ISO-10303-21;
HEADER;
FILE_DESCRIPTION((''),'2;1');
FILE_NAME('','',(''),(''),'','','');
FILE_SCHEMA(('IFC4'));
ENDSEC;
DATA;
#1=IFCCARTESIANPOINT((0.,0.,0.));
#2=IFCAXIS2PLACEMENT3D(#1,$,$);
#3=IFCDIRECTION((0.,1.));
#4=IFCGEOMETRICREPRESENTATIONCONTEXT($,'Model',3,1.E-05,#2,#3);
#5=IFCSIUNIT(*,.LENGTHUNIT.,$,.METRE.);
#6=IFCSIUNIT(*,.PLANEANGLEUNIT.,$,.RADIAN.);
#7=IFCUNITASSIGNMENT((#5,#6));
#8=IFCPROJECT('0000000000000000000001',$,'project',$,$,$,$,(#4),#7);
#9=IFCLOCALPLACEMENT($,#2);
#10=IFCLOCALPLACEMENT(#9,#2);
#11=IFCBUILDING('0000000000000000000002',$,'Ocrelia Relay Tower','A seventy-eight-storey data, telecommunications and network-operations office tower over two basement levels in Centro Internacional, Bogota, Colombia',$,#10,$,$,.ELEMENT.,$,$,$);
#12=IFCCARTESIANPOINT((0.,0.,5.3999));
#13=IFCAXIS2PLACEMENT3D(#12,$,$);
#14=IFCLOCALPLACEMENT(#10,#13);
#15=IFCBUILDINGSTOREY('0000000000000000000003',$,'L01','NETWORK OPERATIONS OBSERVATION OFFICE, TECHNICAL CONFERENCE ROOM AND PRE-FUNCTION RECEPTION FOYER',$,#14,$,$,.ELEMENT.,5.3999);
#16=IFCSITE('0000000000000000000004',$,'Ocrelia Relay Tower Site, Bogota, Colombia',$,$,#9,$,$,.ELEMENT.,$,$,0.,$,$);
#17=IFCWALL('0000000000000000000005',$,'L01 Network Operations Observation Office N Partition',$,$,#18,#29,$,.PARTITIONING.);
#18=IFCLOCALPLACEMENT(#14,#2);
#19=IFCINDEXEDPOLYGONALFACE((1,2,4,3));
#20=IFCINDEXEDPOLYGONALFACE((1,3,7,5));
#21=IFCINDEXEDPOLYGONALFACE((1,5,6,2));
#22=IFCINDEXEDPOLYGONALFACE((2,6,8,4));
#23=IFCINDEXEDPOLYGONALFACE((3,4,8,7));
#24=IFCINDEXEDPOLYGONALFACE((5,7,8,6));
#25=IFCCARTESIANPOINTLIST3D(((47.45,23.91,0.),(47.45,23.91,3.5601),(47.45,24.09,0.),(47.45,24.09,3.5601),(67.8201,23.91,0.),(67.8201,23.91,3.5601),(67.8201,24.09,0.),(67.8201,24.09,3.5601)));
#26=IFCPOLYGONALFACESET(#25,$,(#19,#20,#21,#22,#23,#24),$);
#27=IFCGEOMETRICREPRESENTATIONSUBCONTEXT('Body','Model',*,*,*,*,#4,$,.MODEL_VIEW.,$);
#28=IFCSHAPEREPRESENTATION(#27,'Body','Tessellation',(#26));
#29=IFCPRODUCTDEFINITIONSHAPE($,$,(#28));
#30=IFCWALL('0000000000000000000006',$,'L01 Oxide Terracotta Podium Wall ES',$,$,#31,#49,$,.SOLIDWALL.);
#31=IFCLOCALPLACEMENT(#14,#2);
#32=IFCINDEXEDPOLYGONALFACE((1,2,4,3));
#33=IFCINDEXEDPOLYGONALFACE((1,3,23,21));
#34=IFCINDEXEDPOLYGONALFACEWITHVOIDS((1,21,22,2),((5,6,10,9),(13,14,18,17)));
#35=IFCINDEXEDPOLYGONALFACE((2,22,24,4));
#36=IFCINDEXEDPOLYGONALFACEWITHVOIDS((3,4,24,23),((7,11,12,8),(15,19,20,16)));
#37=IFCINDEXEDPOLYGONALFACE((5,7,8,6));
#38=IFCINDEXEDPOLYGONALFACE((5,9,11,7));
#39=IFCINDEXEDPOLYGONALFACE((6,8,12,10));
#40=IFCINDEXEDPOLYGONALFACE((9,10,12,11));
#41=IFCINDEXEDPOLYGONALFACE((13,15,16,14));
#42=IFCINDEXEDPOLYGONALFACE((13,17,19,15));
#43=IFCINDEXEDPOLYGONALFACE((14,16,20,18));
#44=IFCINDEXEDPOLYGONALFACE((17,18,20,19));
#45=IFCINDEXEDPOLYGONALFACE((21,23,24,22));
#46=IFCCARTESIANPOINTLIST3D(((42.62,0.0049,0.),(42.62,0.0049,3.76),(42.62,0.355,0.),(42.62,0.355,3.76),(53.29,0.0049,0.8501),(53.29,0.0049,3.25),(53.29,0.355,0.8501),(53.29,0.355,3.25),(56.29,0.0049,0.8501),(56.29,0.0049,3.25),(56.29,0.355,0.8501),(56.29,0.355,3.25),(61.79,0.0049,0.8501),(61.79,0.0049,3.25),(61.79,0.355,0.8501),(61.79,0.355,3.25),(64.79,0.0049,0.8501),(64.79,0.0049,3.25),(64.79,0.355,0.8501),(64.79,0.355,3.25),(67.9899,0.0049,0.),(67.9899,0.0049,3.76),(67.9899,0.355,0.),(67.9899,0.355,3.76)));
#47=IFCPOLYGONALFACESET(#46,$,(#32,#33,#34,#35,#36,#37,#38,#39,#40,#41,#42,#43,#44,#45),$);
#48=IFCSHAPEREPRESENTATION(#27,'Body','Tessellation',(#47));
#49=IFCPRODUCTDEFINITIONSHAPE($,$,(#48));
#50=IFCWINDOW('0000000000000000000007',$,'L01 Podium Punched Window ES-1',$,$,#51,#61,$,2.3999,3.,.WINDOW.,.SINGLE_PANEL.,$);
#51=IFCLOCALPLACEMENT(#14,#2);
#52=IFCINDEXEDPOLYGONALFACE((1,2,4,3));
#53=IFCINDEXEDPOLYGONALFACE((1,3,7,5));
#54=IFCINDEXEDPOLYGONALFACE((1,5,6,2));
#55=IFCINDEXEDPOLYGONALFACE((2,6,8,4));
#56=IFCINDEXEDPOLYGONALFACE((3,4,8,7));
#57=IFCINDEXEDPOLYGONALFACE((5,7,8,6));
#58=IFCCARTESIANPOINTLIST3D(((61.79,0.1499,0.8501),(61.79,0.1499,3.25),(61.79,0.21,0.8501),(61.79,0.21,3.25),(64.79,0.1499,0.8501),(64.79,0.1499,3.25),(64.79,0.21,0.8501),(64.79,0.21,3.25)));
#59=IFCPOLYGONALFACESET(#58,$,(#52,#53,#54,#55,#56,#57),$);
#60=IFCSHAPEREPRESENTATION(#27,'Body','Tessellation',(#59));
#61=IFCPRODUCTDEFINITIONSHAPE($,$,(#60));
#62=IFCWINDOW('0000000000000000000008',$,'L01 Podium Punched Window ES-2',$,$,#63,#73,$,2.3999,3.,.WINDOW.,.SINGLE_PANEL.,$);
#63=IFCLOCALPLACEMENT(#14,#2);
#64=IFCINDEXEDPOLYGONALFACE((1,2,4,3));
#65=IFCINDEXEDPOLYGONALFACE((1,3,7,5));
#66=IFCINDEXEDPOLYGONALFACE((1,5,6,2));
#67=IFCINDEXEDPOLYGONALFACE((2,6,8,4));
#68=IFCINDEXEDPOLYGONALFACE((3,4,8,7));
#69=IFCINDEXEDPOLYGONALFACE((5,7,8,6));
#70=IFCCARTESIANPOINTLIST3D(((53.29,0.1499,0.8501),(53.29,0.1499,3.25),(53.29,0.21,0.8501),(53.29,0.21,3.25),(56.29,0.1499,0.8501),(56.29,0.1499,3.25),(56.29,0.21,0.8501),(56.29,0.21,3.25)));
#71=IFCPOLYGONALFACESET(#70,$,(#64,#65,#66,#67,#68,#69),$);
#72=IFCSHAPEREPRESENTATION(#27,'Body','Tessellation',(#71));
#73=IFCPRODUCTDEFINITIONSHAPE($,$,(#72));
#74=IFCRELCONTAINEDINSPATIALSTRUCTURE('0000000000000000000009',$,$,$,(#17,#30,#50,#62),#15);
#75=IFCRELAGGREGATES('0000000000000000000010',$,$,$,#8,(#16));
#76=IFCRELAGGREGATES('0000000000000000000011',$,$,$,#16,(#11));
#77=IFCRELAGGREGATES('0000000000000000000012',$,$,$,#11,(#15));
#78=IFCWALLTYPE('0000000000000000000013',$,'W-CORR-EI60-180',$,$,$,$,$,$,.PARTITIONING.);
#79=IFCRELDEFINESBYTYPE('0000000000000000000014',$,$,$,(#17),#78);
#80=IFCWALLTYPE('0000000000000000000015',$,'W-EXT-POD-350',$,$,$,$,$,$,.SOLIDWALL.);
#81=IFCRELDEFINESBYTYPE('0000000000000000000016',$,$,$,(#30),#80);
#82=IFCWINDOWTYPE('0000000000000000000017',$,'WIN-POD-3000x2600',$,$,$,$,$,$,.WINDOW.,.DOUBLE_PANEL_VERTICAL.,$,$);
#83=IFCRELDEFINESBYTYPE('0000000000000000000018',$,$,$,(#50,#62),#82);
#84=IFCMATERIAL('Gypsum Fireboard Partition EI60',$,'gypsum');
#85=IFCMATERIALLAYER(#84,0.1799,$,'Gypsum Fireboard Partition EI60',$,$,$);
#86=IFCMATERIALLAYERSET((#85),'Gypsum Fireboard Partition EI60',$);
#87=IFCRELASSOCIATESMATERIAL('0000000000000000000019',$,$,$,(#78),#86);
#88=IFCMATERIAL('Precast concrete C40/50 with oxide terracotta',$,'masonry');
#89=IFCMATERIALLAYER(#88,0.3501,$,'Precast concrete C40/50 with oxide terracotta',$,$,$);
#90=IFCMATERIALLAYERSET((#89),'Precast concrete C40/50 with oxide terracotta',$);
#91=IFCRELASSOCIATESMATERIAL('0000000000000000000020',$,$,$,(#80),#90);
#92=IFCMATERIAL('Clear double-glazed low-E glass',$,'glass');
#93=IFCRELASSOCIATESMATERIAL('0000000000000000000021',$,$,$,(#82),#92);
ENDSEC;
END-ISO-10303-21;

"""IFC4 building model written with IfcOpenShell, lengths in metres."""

from ifc_helpers import new_model, si_unit, direction, frame, frame_2d, origin, place, context, subcontext, project, spatial, rectangle, extrude, material, layer, layer_set, type_object, element, fill, save


model = new_model("IFC4")

# Units and contexts
model_context = context("Model", 3, precision=1e-05, world=origin(), true_north=direction((0.0, 1.0)))
body_context = subcontext(model_context, "Body", "Model", "MODEL_VIEW")
ifc_project = project(units=[si_unit("LENGTHUNIT", "METRE"), si_unit("PLANEANGLEUNIT", "RADIAN")], contexts=[model_context])

# Site, building, storey
site_placement = place(None, origin())
site = spatial("IfcSite", under=ifc_project, at=site_placement, Name="Ocrelia Relay Tower Site, Bogota, Colombia", CompositionType="ELEMENT", RefElevation=0.0)
building_placement = place(site_placement, origin())
building = spatial("IfcBuilding", under=site, at=building_placement, Name="Ocrelia Relay Tower", Description="A seventy-eight-storey data, telecommunications and network-operations office tower over two basement levels in Centro Internacional, Bogota, Colombia", CompositionType="ELEMENT")
storey_placement = place(building_placement, frame((0.0, 0.0, 5.3999)))
storey = spatial("IfcBuildingStorey", under=building, at=storey_placement, Name="L01", Description="NETWORK OPERATIONS OBSERVATION OFFICE, TECHNICAL CONFERENCE ROOM AND PRE-FUNCTION RECEPTION FOYER", CompositionType="ELEMENT", Elevation=5.3999)

# Wall
ifc_material_1 = material(Name="Gypsum Fireboard Partition EI60", Category="gypsum")
ifc_layer_1 = layer(ifc_material_1, 0.1799, Name="Gypsum Fireboard Partition EI60")
ifc_layer_set_1 = layer_set([ifc_layer_1], Name="Gypsum Fireboard Partition EI60")
wall_type_1 = type_object("IfcWallType", Name="W-CORR-EI60-180", PredefinedType="PARTITIONING", material=ifc_layer_set_1)
wall_1_placement = place(storey_placement, frame((67.8201, 24.0, 0.0), z_axis=(0.0, 0.0, 1.0), x_axis=(-1.0, 0.0, 0.0)))
element("IfcWall", 1, at=wall_1_placement, inside=storey, type_object=wall_type_1, Name="L01 Network Operations Observation Office N Partition", PredefinedType="PARTITIONING", context=body_context, shape_type="SweptSolid", body=[
    extrude(rectangle(XDim=20.3701, YDim=0.1799, at=frame_2d((10.1851, 0.0))), origin(), (0.0, 0.0, 1.0), 3.5601),
])

# Wall, openings, windows
ifc_material_2 = material(Name="Precast concrete C40/50 with oxide terracotta", Category="masonry")
ifc_layer_2 = layer(ifc_material_2, 0.3501, Name="Precast concrete C40/50 with oxide terracotta")
ifc_layer_set_2 = layer_set([ifc_layer_2], Name="Precast concrete C40/50 with oxide terracotta")
wall_type_2 = type_object("IfcWallType", Name="W-EXT-POD-350", PredefinedType="SOLIDWALL", material=ifc_layer_set_2)
wall_2_placement = place(storey_placement, frame((67.99, 0.1799, 0.0), z_axis=(0.0, 0.0, 1.0), x_axis=(-1.0, 0.0, 0.0)))
wall_2 = element("IfcWall", 2, at=wall_2_placement, inside=storey, type_object=wall_type_2, Name="L01 Oxide Terracotta Podium Wall ES", PredefinedType="SOLIDWALL", context=body_context, shape_type="SweptSolid", body=[
    extrude(rectangle(XDim=25.3699, YDim=0.3501, at=frame_2d((12.6851, 0.0))), origin(), (0.0, 0.0, 1.0), 3.76),
])
opening_1_placement = place(wall_2_placement, frame((3.2, 0.0, 0.8501)))
opening_1 = element("IfcOpeningElement", 3, at=opening_1_placement, cuts=wall_2, PredefinedType="OPENING", context=body_context, shape_type="SweptSolid", body=[
    extrude(rectangle(XDim=3.0, YDim=2.3999, at=frame_2d((1.5, 1.2))), frame((0.0, 0.1851, 0.0), z_axis=(0.0, -1.0, 0.0), x_axis=(1.0, 0.0, 0.0)), (0.0, 0.0, 1.0), 0.3701),
])
opening_2_placement = place(wall_2_placement, frame((11.7, 0.0, 0.8501)))
opening_2 = element("IfcOpeningElement", 4, at=opening_2_placement, cuts=wall_2, PredefinedType="OPENING", context=body_context, shape_type="SweptSolid", body=[
    extrude(rectangle(XDim=3.0, YDim=2.3999, at=frame_2d((1.5, 1.2))), frame((0.0, 0.1851, 0.0), z_axis=(0.0, -1.0, 0.0), x_axis=(1.0, 0.0, 0.0)), (0.0, 0.0, 1.0), 0.3701),
])
ifc_material_3 = material(Name="Clear double-glazed low-E glass", Category="glass")
window_type = type_object("IfcWindowType", Name="WIN-POD-3000x2600", PartitioningType="DOUBLE_PANEL_VERTICAL", PredefinedType="WINDOW", material=ifc_material_3)
window_1_placement = place(opening_1_placement, origin())
window_1 = element("IfcWindow", 5, at=window_1_placement, inside=storey, type_object=window_type, Name="L01 Podium Punched Window ES-1", OverallHeight=2.3999, OverallWidth=3.0, PartitioningType="SINGLE_PANEL", PredefinedType="WINDOW", context=body_context, shape_type="SweptSolid", body=[
    extrude(rectangle(XDim=3.0, YDim=2.3999, at=frame_2d((1.5, 1.2))), frame((0.0, 0.03, 0.0), z_axis=(0.0, -1.0, 0.0), x_axis=(1.0, 0.0, 0.0)), (0.0, 0.0, 1.0), 0.0601),
])
fill(opening_1, window_1)
window_2_placement = place(opening_2_placement, origin())
window_2 = element("IfcWindow", 6, at=window_2_placement, inside=storey, type_object=window_type, Name="L01 Podium Punched Window ES-2", OverallHeight=2.3999, OverallWidth=3.0, PartitioningType="SINGLE_PANEL", PredefinedType="WINDOW", context=body_context, shape_type="SweptSolid", body=[
    extrude(rectangle(XDim=3.0, YDim=2.3999, at=frame_2d((1.5, 1.2))), frame((0.0, 0.03, 0.0), z_axis=(0.0, -1.0, 0.0), x_axis=(1.0, 0.0, 0.0)), (0.0, 0.0, 1.0), 0.0601),
])
fill(opening_2, window_2)

save(model, "model.ifc")
